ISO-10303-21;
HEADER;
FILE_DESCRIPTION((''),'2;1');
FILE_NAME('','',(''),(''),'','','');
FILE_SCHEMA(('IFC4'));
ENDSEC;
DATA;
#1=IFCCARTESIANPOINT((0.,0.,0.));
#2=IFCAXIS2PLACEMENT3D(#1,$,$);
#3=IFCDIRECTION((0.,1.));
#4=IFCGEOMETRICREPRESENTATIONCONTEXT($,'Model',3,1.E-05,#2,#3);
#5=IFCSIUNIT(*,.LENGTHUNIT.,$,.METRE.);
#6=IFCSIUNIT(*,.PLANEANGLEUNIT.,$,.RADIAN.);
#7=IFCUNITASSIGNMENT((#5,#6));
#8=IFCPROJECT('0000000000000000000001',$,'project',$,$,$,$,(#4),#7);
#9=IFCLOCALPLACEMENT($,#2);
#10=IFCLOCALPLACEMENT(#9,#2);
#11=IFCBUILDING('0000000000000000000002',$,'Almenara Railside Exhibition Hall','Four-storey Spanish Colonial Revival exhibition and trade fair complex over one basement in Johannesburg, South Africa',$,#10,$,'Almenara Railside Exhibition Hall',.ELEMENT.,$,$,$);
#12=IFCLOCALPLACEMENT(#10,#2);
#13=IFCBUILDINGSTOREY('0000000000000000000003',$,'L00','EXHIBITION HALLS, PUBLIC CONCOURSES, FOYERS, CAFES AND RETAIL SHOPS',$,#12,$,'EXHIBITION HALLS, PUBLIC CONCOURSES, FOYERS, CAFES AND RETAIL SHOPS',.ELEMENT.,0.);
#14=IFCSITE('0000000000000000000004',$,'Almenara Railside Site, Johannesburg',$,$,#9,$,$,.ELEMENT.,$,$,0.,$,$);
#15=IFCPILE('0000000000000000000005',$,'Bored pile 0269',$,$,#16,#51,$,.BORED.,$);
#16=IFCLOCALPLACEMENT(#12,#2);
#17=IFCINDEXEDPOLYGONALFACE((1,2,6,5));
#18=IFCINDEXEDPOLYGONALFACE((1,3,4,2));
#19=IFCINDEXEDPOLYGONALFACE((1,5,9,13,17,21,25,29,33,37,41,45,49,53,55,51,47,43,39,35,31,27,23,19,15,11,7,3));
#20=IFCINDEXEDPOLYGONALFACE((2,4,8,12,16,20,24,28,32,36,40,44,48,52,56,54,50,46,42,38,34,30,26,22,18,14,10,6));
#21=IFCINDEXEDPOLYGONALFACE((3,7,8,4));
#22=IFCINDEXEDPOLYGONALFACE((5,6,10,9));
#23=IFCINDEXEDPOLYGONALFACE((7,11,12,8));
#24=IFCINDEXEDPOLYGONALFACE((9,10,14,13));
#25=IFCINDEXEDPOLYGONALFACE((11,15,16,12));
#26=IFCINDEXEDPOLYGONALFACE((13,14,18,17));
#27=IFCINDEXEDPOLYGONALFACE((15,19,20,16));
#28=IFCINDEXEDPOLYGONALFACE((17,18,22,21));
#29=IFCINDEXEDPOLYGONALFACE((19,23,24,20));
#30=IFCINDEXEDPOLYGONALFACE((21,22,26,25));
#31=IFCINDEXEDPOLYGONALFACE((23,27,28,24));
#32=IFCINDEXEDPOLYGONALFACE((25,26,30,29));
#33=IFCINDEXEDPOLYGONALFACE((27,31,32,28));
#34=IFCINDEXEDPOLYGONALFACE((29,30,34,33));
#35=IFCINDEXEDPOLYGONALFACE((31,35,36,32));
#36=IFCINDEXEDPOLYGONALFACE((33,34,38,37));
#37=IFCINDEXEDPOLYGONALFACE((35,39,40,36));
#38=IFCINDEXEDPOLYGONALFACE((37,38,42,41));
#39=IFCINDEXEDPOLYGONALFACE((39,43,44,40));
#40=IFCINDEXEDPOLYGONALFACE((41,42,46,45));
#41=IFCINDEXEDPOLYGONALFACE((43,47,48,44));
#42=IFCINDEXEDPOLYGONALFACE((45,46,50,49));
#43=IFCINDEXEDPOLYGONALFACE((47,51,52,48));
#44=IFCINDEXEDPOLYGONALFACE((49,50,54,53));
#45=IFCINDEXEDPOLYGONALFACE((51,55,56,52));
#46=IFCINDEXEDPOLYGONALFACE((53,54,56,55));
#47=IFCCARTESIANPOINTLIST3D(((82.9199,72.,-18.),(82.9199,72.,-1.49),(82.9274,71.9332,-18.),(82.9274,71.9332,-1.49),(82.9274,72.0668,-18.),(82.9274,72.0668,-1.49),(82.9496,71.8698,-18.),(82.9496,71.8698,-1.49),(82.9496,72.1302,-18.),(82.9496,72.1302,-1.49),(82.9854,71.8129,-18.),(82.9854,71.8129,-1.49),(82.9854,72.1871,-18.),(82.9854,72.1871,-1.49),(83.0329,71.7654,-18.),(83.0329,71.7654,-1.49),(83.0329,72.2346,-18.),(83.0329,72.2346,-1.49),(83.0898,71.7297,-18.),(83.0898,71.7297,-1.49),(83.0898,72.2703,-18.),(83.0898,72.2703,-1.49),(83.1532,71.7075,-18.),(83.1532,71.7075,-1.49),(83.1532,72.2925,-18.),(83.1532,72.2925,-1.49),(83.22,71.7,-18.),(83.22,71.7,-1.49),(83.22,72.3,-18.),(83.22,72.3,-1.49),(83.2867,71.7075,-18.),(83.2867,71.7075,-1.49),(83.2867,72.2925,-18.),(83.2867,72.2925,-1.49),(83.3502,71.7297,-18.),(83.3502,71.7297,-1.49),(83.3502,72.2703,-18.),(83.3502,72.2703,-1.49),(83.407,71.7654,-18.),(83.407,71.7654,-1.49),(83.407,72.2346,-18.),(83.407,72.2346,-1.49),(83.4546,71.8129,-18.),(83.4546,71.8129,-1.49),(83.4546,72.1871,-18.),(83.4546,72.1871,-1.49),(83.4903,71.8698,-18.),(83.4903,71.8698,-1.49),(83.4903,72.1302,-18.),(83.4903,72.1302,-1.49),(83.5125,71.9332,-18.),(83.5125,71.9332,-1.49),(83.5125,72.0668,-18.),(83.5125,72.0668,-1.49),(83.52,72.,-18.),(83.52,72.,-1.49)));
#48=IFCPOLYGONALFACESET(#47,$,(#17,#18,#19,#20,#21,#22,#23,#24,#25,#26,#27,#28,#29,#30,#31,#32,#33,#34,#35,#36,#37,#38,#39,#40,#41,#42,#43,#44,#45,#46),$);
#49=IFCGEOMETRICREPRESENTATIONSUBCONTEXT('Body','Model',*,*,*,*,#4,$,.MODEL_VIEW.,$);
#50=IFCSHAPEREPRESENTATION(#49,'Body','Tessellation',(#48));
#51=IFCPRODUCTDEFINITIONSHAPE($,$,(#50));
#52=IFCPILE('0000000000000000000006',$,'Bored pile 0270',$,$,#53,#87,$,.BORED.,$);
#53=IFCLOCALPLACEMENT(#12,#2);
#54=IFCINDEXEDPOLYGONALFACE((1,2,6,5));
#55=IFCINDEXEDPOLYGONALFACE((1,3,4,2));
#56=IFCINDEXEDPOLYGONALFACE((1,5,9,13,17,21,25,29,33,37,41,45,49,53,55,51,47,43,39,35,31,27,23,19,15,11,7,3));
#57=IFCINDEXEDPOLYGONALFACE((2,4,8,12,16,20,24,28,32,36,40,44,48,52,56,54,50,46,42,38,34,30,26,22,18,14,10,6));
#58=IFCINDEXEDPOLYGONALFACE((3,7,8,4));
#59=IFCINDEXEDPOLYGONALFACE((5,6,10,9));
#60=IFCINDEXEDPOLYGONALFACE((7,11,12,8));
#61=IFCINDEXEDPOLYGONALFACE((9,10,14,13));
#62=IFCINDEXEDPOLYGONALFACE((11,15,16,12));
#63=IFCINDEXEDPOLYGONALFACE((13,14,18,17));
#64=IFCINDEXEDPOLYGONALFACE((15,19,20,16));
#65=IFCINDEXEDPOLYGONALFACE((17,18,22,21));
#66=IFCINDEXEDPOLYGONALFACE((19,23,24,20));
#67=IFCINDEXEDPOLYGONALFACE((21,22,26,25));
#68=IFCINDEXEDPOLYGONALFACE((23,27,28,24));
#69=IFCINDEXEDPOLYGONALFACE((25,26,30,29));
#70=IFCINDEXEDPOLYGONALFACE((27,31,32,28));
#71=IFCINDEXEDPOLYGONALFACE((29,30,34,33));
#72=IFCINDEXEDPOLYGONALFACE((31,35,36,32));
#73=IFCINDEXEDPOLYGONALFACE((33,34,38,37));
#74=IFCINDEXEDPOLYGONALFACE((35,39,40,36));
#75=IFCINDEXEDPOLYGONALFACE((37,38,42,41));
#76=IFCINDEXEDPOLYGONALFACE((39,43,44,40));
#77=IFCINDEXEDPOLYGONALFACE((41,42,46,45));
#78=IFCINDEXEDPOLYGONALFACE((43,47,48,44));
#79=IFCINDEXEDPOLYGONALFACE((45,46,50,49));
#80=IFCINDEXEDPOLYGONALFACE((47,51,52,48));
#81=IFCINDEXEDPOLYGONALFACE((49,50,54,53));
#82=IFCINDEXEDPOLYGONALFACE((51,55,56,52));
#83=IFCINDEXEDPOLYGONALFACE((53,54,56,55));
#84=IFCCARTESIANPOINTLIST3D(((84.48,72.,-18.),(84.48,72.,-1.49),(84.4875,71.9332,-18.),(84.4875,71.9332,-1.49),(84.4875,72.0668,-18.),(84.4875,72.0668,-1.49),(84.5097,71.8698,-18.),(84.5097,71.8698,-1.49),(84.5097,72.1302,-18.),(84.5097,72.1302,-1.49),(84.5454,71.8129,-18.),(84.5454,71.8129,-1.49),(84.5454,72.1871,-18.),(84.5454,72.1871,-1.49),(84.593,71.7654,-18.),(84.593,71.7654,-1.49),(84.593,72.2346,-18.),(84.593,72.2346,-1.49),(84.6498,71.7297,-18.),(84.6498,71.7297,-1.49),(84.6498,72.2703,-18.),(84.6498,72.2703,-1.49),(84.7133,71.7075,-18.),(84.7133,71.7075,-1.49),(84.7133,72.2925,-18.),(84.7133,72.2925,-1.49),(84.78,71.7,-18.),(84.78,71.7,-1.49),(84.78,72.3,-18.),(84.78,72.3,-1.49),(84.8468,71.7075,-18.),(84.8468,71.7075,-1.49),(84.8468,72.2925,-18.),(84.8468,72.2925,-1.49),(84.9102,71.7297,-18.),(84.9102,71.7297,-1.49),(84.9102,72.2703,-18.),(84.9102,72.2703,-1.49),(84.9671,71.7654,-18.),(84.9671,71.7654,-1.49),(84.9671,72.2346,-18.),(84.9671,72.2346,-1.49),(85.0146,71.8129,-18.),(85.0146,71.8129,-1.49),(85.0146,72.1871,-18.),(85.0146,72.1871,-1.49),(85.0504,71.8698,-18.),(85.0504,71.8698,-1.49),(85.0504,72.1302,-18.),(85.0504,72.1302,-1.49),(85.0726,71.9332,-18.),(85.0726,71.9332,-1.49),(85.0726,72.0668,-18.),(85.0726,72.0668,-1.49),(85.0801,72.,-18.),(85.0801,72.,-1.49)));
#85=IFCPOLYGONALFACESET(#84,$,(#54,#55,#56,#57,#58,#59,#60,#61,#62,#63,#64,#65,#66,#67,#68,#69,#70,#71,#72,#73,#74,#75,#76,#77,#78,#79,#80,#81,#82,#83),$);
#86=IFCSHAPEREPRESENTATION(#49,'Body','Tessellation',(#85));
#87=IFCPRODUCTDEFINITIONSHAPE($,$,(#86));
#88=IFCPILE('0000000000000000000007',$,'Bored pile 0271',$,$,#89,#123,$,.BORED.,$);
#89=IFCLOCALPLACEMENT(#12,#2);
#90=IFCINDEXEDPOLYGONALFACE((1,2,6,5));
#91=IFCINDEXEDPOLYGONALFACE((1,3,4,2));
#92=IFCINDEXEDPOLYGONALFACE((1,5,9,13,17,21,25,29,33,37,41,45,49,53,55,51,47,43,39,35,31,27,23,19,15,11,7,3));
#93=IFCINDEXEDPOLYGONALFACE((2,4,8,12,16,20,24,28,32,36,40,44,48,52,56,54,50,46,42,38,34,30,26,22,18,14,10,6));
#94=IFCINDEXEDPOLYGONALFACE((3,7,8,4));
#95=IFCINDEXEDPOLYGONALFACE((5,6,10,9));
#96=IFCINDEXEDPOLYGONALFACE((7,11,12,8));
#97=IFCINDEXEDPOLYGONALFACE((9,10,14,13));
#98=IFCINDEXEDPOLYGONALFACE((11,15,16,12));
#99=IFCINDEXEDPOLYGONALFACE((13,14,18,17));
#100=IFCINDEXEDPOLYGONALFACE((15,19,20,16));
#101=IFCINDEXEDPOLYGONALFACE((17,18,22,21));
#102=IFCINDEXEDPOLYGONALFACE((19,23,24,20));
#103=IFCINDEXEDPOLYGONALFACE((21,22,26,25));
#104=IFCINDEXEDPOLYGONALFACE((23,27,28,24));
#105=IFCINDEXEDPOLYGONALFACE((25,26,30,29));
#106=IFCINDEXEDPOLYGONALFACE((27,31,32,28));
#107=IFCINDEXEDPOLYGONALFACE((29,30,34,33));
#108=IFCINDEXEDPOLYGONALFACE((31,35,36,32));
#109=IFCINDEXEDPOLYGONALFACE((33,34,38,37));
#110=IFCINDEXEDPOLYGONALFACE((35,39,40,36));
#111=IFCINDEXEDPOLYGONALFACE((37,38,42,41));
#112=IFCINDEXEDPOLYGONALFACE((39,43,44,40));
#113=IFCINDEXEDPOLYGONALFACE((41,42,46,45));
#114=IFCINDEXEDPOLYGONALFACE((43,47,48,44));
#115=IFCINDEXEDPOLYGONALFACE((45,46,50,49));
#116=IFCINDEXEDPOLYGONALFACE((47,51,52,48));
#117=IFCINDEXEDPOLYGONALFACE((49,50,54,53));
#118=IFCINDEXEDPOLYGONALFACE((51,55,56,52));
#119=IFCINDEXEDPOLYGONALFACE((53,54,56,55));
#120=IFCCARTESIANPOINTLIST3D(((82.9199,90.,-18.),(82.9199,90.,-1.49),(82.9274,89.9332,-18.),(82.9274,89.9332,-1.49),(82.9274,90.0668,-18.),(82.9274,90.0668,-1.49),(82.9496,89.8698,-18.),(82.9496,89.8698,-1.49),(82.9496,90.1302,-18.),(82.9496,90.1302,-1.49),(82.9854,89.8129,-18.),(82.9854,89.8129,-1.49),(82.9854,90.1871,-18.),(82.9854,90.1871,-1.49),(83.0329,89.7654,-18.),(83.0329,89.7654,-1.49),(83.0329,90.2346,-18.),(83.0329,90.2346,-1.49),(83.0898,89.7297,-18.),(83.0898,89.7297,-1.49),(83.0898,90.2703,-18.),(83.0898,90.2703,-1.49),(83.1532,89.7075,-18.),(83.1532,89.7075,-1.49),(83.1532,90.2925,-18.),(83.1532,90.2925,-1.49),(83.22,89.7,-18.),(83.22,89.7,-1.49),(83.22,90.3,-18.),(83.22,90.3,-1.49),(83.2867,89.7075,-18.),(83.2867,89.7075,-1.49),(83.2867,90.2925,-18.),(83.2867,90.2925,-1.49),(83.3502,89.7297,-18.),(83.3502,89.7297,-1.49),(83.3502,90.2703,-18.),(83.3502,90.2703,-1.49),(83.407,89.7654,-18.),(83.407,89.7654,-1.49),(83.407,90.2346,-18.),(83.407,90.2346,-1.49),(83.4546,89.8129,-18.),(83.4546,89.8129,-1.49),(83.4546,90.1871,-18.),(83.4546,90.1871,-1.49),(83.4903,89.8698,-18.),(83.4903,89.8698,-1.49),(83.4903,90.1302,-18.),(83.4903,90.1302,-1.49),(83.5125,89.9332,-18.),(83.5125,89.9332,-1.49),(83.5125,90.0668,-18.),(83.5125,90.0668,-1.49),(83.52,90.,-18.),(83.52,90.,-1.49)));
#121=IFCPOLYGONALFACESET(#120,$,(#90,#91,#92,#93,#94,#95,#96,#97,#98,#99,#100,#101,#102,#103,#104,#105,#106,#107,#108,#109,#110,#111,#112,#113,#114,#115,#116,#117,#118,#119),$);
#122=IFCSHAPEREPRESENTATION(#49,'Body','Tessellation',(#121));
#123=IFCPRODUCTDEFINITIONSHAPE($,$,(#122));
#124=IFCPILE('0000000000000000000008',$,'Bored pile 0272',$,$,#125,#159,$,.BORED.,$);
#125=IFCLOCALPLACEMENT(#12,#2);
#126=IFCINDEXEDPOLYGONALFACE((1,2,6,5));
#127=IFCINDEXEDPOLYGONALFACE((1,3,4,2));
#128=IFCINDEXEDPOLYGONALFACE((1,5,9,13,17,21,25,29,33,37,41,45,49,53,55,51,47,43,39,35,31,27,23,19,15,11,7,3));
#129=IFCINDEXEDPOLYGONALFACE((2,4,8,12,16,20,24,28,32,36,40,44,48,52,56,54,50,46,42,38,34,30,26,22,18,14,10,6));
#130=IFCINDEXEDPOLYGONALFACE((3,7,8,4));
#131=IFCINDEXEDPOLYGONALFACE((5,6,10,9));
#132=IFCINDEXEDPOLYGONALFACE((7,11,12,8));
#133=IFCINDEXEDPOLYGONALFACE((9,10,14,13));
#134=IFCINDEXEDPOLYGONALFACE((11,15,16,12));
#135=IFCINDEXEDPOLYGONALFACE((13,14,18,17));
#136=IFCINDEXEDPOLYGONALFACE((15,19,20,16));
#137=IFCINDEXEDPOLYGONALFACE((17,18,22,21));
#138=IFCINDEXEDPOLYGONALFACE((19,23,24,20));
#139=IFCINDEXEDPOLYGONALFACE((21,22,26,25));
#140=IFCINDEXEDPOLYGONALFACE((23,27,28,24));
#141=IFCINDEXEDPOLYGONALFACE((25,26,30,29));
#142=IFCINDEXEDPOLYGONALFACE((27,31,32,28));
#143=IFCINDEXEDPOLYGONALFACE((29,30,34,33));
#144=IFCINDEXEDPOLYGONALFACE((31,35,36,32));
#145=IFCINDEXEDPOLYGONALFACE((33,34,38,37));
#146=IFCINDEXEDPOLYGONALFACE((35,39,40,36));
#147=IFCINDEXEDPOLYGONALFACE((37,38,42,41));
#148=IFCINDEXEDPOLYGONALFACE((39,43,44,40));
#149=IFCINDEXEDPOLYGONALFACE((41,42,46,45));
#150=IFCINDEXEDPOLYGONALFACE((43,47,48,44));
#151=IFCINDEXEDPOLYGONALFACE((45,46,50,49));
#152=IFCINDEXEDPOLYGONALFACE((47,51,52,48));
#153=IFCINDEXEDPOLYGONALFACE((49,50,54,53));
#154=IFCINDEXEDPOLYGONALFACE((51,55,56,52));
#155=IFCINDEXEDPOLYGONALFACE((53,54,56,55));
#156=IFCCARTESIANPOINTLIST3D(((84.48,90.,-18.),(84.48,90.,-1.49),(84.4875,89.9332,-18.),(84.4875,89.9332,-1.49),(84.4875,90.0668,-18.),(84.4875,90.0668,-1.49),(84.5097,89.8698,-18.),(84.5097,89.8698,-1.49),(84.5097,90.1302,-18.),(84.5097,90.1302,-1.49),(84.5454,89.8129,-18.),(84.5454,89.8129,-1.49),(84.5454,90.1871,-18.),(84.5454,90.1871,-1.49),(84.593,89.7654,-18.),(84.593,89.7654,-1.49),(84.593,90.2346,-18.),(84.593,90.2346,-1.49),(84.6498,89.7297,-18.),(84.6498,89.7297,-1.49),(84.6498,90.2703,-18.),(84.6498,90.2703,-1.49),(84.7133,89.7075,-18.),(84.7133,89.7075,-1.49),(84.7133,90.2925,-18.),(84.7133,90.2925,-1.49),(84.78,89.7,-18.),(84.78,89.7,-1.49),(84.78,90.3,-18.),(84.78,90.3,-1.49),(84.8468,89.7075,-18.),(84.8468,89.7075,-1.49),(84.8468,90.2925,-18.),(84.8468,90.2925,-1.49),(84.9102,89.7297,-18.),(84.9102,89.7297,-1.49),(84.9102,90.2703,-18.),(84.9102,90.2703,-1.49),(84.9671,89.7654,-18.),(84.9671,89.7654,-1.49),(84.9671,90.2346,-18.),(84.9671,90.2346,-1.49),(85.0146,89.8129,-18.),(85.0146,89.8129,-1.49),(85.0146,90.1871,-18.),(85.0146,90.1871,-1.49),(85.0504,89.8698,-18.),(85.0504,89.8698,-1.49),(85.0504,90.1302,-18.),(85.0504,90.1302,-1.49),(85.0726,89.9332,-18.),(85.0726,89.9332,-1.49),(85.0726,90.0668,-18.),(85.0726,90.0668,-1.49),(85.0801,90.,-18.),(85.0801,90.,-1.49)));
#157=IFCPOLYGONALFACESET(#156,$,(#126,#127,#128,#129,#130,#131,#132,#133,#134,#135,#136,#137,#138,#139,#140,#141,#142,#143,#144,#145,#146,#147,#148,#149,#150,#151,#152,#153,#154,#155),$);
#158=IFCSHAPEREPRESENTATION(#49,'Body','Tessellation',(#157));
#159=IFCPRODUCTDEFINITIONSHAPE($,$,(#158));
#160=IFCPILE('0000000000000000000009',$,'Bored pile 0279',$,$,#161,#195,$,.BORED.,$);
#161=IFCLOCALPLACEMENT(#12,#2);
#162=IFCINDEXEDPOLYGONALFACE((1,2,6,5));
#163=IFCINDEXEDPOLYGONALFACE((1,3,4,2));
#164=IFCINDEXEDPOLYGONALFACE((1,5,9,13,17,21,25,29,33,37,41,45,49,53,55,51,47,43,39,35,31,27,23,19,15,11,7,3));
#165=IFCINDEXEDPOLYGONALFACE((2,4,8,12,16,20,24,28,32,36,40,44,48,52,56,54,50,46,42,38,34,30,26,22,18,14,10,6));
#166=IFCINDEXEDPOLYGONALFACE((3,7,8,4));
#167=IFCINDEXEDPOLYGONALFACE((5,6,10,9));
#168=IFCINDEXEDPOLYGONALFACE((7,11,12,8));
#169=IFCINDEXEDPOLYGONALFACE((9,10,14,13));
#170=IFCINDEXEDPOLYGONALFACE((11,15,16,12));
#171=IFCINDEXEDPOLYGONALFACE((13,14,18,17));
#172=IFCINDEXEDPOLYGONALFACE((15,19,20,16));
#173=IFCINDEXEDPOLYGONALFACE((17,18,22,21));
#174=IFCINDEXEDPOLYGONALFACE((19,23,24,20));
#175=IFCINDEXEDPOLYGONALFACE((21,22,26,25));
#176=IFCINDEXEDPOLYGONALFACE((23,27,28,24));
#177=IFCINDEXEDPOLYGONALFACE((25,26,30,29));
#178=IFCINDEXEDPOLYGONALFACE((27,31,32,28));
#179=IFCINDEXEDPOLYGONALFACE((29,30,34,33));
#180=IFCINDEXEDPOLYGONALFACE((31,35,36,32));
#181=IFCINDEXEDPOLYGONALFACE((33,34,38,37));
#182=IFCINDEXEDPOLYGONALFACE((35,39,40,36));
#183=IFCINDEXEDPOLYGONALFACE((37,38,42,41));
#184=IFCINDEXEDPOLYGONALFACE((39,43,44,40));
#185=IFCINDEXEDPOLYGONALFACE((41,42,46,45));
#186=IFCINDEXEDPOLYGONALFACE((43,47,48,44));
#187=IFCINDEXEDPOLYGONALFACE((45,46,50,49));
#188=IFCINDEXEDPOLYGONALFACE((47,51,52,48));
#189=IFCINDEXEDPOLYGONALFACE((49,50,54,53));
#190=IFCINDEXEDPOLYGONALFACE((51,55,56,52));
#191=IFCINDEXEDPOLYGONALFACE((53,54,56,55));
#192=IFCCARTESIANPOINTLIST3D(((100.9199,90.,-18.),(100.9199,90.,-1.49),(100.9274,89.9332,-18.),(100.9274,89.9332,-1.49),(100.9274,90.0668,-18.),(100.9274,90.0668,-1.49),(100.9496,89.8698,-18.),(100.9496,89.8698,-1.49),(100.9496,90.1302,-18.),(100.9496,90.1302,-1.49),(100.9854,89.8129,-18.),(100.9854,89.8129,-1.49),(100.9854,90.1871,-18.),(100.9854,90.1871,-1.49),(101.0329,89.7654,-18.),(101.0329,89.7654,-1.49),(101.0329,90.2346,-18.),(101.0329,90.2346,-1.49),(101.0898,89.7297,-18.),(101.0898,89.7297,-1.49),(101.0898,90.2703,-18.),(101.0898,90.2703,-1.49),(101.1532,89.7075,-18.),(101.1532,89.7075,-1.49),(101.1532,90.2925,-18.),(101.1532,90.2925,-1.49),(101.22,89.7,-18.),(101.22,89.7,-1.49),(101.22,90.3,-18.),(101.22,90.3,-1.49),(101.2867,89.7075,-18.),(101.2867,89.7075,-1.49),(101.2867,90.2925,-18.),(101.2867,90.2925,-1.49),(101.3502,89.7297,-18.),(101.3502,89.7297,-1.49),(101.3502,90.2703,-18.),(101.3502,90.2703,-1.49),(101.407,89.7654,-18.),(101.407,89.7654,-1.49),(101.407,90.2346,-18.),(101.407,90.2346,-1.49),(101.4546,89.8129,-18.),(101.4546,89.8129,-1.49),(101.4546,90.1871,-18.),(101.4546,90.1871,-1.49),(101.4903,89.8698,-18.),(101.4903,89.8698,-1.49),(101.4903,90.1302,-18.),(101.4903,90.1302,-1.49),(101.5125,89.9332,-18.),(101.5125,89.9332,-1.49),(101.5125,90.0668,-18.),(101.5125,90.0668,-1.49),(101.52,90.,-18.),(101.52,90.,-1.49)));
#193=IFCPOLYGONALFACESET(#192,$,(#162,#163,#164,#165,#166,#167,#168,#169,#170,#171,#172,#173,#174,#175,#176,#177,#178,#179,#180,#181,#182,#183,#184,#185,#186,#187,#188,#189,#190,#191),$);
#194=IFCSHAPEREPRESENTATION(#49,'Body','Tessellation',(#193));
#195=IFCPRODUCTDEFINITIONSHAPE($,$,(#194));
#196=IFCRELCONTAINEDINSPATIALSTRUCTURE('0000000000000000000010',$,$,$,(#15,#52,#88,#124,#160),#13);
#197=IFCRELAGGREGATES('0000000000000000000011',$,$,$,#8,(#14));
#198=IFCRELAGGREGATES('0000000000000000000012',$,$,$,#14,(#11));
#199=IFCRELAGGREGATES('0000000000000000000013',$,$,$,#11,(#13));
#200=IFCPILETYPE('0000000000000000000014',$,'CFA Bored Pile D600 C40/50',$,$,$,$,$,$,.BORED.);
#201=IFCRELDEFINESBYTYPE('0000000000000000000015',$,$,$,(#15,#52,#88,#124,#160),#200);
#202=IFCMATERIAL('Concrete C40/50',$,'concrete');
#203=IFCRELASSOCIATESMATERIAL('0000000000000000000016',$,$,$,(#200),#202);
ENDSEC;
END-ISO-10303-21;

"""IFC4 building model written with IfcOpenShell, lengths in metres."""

from ifc_helpers import new_model, si_unit, direction, frame, origin, origin_2d, place, context, subcontext, project, spatial, circle, extrude, material, material_profile, profile_set, type_object, element, save


model = new_model("IFC4")

# Units and contexts
model_context = context("Model", 3, precision=1e-05, world=origin(), true_north=direction((0.0, 1.0)))
body_context = subcontext(model_context, "Body", "Model", "MODEL_VIEW")
ifc_project = project(units=[si_unit("LENGTHUNIT", "METRE"), si_unit("PLANEANGLEUNIT", "RADIAN")], contexts=[model_context])

# Site, building, storey
site_placement = place(None, origin())
site = spatial("IfcSite", under=ifc_project, at=site_placement, Name="Almenara Railside Site, Johannesburg", CompositionType="ELEMENT", RefElevation=0.0)
building_placement = place(site_placement, origin())
building = spatial("IfcBuilding", under=site, at=building_placement, Name="Almenara Railside Exhibition Hall", Description="Four-storey Spanish Colonial Revival exhibition and trade fair complex over one basement in Johannesburg, South Africa", LongName="Almenara Railside Exhibition Hall", CompositionType="ELEMENT")
storey_placement = place(building_placement, origin())
storey = spatial("IfcBuildingStorey", under=building, at=storey_placement, Name="L00", Description="EXHIBITION HALLS, PUBLIC CONCOURSES, FOYERS, CAFES AND RETAIL SHOPS", LongName="EXHIBITION HALLS, PUBLIC CONCOURSES, FOYERS, CAFES AND RETAIL SHOPS", CompositionType="ELEMENT", Elevation=0.0)

# Piles
ifc_material_1 = material(Name="Concrete C40/50", Category="concrete")
ifc_material_profile_1 = material_profile(ifc_material_1, circle(Radius=0.3, at=origin_2d()), Name="CFA-PILE D600")
ifc_profile_set_1 = profile_set([ifc_material_profile_1], Name="Concrete C40/50")
pile_type = type_object("IfcPileType", Name="CFA Bored Pile D600 C40/50", PredefinedType="BORED", material=ifc_profile_set_1)
for number, where, z_axis, x_axis, name in (
    (1, (83.22, 72.0, -1.49), (0.0, 0.0, -1.0), (1.0, 0.0, 0.0), "Bored pile 0269"),
    (2, (84.78, 72.0, -1.49), (0.0, 0.0, -1.0), (1.0, 0.0, 0.0), "Bored pile 0270"),
    (3, (83.22, 90.0, -1.49), (0.0, 0.0, -1.0), (1.0, 0.0, 0.0), "Bored pile 0271"),
    (4, (84.78, 90.0, -1.49), (0.0, 0.0, -1.0), (1.0, 0.0, 0.0), "Bored pile 0272"),
    (5, (101.22, 90.0, -1.49), (0.0, 0.0, -1.0), (1.0, 0.0, 0.0), "Bored pile 0279"),
):
    element("IfcPile", number, at=place(storey_placement, frame(where, z_axis=z_axis, x_axis=x_axis)), inside=storey, type_object=pile_type, Name=name, PredefinedType="BORED", context=body_context, shape_type="SweptSolid", body=[
        extrude(circle(Radius=0.3, at=origin_2d()), origin(), (0.0, 0.0, 1.0), 16.51),
    ])

save(model, "model.ifc")
